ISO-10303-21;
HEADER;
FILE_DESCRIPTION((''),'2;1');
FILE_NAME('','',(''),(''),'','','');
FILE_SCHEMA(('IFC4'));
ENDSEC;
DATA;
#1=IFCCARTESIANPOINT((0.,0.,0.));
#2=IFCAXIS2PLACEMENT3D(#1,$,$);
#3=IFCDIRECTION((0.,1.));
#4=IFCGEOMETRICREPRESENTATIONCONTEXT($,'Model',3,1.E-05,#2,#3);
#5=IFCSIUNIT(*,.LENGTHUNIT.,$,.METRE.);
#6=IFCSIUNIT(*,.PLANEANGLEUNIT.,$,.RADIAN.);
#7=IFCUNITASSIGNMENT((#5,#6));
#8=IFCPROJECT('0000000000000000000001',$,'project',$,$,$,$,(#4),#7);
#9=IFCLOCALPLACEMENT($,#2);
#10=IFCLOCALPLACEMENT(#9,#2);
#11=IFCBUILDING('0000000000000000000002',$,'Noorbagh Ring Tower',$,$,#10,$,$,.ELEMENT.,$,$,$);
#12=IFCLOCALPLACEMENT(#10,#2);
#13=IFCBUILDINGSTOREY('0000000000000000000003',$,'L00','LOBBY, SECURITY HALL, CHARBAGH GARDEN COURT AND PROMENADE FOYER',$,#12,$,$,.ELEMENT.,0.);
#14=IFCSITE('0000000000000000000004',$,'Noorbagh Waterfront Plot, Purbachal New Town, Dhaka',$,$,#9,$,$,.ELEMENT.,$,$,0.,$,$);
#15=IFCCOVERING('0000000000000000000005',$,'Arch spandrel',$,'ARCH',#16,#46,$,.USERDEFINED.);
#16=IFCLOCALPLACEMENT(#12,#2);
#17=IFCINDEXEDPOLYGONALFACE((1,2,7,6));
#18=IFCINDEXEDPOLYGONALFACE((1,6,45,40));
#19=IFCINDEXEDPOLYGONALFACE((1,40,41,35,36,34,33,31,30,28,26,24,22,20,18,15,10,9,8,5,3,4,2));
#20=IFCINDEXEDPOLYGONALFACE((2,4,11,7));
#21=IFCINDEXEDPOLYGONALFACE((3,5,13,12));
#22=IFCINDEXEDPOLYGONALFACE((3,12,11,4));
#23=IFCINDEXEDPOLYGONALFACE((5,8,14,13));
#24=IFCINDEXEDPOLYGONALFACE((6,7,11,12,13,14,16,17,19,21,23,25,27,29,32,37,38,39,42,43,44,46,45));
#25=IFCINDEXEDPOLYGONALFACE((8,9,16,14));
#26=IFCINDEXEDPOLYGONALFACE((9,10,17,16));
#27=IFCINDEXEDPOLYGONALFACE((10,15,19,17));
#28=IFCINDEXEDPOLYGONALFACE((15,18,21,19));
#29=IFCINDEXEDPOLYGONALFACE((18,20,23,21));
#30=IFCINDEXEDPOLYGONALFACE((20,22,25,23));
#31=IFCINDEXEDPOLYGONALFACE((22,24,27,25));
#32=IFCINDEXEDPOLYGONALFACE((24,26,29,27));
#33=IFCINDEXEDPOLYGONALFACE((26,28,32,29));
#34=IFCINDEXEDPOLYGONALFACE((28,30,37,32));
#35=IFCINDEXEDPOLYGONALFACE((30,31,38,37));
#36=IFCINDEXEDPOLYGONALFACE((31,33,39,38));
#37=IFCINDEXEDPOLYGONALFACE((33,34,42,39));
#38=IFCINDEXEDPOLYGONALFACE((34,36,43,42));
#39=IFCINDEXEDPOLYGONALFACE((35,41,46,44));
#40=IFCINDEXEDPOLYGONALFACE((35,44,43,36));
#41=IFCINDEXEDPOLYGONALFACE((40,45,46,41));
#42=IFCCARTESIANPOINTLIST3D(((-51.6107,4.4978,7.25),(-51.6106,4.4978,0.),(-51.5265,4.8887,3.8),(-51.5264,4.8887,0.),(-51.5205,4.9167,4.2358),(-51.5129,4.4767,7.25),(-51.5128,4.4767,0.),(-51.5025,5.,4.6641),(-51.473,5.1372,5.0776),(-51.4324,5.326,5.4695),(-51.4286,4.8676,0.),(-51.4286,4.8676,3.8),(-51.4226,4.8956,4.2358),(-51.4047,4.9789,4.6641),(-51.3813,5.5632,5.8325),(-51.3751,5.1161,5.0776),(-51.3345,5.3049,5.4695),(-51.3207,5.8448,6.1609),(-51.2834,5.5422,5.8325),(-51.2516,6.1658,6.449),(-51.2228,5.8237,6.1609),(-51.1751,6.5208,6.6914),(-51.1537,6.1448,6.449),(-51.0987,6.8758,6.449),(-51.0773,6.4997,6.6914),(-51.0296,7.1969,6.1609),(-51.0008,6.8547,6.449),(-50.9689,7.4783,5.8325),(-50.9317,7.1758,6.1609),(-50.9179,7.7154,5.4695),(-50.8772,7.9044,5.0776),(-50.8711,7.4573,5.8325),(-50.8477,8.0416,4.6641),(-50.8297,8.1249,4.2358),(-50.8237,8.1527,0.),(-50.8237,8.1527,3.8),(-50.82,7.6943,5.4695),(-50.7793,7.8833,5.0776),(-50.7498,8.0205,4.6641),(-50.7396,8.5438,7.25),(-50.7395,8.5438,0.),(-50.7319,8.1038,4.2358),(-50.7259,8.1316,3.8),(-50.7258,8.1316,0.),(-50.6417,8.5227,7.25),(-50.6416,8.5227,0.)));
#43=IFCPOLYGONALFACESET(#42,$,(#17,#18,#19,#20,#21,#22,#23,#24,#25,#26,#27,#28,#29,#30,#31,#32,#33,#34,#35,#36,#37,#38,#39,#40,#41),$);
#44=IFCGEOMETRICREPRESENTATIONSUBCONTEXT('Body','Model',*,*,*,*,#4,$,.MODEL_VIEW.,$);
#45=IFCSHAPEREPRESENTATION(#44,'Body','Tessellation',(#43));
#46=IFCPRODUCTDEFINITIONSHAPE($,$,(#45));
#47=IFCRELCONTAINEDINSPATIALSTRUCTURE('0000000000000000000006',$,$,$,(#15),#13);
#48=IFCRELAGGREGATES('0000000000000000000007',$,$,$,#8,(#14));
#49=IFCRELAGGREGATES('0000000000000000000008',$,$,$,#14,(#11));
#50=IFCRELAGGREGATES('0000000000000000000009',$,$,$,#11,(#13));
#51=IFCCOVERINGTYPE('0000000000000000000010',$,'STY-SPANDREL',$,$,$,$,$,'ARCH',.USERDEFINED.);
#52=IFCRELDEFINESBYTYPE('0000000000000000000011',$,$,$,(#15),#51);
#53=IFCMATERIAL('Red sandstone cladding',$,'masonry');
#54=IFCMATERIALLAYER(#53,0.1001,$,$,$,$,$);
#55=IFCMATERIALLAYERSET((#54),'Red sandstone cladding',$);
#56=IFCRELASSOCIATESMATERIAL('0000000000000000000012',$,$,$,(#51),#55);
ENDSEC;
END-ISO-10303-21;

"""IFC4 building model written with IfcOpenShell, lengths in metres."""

from ifc_helpers import new_model, si_unit, direction, frame, origin, place, context, subcontext, project, spatial, polyline, outline, extrude, material, layer, layer_set, type_object, element, save


model = new_model("IFC4")

# Units and contexts
model_context = context("Model", 3, precision=1e-05, world=origin(), true_north=direction((0.0, 1.0)))
body_context = subcontext(model_context, "Body", "Model", "MODEL_VIEW")
ifc_project = project(units=[si_unit("LENGTHUNIT", "METRE"), si_unit("PLANEANGLEUNIT", "RADIAN")], contexts=[model_context])

# Site, building, storey
site_placement = place(None, origin())
site = spatial("IfcSite", under=ifc_project, at=site_placement, Name="Noorbagh Waterfront Plot, Purbachal New Town, Dhaka", CompositionType="ELEMENT", RefElevation=0.0)
building_placement = place(site_placement, origin())
building = spatial("IfcBuilding", under=site, at=building_placement, Name="Noorbagh Ring Tower", CompositionType="ELEMENT")
storey_placement = place(building_placement, origin())
storey = spatial("IfcBuildingStorey", under=building, at=storey_placement, Name="L00", Description="LOBBY, SECURITY HALL, CHARBAGH GARDEN COURT AND PROMENADE FOYER", CompositionType="ELEMENT", Elevation=0.0)

# Covering
ifc_material_1 = material(Name="Red sandstone cladding", Category="masonry")
ifc_layer_1 = layer(ifc_material_1, 0.1001)
ifc_layer_set_1 = layer_set([ifc_layer_1], Name="Red sandstone cladding")
covering_type = type_object("IfcCoveringType", Name="STY-SPANDREL", ElementType="ARCH", PredefinedType="USERDEFINED", material=ifc_layer_set_1)
covering_placement = place(storey_placement, frame((-50.6416, 8.5227, 0.0), z_axis=(0.977596, -0.210489, 0.000014), x_axis=(-0.210489, -0.977596, 0.0)))
element("IfcCovering", 1, at=covering_placement, inside=storey, type_object=covering_type, Name="Arch spandrel", ObjectType="ARCH", PredefinedType="USERDEFINED", context=body_context, shape_type="SweptSolid", body=[
    extrude(outline(polyline([(0.0, 0.0), (0.4, 0.0), (0.4, -3.8), (0.4285, -4.2358), (0.5137, -4.6641), (0.6541, -5.0776), (0.8474, -5.4695), (1.0899, -5.8325), (1.3778, -6.1609), (1.7062, -6.449), (2.0694, -6.6914), (2.4325, -6.449), (2.7609, -6.1609), (3.0488, -5.8325), (3.2916, -5.4695), (3.4847, -5.0776), (3.625, -4.6641), (3.7102, -4.2358), (3.7389, -3.8), (3.7389, 0.0), (4.1387, 0.0), (4.1387, -7.25), (0.0, -7.25), (0.0, 0.0)])), origin(), (0.0, 0.0, -1.0), 0.1001),
])

save(model, "model.ifc")
